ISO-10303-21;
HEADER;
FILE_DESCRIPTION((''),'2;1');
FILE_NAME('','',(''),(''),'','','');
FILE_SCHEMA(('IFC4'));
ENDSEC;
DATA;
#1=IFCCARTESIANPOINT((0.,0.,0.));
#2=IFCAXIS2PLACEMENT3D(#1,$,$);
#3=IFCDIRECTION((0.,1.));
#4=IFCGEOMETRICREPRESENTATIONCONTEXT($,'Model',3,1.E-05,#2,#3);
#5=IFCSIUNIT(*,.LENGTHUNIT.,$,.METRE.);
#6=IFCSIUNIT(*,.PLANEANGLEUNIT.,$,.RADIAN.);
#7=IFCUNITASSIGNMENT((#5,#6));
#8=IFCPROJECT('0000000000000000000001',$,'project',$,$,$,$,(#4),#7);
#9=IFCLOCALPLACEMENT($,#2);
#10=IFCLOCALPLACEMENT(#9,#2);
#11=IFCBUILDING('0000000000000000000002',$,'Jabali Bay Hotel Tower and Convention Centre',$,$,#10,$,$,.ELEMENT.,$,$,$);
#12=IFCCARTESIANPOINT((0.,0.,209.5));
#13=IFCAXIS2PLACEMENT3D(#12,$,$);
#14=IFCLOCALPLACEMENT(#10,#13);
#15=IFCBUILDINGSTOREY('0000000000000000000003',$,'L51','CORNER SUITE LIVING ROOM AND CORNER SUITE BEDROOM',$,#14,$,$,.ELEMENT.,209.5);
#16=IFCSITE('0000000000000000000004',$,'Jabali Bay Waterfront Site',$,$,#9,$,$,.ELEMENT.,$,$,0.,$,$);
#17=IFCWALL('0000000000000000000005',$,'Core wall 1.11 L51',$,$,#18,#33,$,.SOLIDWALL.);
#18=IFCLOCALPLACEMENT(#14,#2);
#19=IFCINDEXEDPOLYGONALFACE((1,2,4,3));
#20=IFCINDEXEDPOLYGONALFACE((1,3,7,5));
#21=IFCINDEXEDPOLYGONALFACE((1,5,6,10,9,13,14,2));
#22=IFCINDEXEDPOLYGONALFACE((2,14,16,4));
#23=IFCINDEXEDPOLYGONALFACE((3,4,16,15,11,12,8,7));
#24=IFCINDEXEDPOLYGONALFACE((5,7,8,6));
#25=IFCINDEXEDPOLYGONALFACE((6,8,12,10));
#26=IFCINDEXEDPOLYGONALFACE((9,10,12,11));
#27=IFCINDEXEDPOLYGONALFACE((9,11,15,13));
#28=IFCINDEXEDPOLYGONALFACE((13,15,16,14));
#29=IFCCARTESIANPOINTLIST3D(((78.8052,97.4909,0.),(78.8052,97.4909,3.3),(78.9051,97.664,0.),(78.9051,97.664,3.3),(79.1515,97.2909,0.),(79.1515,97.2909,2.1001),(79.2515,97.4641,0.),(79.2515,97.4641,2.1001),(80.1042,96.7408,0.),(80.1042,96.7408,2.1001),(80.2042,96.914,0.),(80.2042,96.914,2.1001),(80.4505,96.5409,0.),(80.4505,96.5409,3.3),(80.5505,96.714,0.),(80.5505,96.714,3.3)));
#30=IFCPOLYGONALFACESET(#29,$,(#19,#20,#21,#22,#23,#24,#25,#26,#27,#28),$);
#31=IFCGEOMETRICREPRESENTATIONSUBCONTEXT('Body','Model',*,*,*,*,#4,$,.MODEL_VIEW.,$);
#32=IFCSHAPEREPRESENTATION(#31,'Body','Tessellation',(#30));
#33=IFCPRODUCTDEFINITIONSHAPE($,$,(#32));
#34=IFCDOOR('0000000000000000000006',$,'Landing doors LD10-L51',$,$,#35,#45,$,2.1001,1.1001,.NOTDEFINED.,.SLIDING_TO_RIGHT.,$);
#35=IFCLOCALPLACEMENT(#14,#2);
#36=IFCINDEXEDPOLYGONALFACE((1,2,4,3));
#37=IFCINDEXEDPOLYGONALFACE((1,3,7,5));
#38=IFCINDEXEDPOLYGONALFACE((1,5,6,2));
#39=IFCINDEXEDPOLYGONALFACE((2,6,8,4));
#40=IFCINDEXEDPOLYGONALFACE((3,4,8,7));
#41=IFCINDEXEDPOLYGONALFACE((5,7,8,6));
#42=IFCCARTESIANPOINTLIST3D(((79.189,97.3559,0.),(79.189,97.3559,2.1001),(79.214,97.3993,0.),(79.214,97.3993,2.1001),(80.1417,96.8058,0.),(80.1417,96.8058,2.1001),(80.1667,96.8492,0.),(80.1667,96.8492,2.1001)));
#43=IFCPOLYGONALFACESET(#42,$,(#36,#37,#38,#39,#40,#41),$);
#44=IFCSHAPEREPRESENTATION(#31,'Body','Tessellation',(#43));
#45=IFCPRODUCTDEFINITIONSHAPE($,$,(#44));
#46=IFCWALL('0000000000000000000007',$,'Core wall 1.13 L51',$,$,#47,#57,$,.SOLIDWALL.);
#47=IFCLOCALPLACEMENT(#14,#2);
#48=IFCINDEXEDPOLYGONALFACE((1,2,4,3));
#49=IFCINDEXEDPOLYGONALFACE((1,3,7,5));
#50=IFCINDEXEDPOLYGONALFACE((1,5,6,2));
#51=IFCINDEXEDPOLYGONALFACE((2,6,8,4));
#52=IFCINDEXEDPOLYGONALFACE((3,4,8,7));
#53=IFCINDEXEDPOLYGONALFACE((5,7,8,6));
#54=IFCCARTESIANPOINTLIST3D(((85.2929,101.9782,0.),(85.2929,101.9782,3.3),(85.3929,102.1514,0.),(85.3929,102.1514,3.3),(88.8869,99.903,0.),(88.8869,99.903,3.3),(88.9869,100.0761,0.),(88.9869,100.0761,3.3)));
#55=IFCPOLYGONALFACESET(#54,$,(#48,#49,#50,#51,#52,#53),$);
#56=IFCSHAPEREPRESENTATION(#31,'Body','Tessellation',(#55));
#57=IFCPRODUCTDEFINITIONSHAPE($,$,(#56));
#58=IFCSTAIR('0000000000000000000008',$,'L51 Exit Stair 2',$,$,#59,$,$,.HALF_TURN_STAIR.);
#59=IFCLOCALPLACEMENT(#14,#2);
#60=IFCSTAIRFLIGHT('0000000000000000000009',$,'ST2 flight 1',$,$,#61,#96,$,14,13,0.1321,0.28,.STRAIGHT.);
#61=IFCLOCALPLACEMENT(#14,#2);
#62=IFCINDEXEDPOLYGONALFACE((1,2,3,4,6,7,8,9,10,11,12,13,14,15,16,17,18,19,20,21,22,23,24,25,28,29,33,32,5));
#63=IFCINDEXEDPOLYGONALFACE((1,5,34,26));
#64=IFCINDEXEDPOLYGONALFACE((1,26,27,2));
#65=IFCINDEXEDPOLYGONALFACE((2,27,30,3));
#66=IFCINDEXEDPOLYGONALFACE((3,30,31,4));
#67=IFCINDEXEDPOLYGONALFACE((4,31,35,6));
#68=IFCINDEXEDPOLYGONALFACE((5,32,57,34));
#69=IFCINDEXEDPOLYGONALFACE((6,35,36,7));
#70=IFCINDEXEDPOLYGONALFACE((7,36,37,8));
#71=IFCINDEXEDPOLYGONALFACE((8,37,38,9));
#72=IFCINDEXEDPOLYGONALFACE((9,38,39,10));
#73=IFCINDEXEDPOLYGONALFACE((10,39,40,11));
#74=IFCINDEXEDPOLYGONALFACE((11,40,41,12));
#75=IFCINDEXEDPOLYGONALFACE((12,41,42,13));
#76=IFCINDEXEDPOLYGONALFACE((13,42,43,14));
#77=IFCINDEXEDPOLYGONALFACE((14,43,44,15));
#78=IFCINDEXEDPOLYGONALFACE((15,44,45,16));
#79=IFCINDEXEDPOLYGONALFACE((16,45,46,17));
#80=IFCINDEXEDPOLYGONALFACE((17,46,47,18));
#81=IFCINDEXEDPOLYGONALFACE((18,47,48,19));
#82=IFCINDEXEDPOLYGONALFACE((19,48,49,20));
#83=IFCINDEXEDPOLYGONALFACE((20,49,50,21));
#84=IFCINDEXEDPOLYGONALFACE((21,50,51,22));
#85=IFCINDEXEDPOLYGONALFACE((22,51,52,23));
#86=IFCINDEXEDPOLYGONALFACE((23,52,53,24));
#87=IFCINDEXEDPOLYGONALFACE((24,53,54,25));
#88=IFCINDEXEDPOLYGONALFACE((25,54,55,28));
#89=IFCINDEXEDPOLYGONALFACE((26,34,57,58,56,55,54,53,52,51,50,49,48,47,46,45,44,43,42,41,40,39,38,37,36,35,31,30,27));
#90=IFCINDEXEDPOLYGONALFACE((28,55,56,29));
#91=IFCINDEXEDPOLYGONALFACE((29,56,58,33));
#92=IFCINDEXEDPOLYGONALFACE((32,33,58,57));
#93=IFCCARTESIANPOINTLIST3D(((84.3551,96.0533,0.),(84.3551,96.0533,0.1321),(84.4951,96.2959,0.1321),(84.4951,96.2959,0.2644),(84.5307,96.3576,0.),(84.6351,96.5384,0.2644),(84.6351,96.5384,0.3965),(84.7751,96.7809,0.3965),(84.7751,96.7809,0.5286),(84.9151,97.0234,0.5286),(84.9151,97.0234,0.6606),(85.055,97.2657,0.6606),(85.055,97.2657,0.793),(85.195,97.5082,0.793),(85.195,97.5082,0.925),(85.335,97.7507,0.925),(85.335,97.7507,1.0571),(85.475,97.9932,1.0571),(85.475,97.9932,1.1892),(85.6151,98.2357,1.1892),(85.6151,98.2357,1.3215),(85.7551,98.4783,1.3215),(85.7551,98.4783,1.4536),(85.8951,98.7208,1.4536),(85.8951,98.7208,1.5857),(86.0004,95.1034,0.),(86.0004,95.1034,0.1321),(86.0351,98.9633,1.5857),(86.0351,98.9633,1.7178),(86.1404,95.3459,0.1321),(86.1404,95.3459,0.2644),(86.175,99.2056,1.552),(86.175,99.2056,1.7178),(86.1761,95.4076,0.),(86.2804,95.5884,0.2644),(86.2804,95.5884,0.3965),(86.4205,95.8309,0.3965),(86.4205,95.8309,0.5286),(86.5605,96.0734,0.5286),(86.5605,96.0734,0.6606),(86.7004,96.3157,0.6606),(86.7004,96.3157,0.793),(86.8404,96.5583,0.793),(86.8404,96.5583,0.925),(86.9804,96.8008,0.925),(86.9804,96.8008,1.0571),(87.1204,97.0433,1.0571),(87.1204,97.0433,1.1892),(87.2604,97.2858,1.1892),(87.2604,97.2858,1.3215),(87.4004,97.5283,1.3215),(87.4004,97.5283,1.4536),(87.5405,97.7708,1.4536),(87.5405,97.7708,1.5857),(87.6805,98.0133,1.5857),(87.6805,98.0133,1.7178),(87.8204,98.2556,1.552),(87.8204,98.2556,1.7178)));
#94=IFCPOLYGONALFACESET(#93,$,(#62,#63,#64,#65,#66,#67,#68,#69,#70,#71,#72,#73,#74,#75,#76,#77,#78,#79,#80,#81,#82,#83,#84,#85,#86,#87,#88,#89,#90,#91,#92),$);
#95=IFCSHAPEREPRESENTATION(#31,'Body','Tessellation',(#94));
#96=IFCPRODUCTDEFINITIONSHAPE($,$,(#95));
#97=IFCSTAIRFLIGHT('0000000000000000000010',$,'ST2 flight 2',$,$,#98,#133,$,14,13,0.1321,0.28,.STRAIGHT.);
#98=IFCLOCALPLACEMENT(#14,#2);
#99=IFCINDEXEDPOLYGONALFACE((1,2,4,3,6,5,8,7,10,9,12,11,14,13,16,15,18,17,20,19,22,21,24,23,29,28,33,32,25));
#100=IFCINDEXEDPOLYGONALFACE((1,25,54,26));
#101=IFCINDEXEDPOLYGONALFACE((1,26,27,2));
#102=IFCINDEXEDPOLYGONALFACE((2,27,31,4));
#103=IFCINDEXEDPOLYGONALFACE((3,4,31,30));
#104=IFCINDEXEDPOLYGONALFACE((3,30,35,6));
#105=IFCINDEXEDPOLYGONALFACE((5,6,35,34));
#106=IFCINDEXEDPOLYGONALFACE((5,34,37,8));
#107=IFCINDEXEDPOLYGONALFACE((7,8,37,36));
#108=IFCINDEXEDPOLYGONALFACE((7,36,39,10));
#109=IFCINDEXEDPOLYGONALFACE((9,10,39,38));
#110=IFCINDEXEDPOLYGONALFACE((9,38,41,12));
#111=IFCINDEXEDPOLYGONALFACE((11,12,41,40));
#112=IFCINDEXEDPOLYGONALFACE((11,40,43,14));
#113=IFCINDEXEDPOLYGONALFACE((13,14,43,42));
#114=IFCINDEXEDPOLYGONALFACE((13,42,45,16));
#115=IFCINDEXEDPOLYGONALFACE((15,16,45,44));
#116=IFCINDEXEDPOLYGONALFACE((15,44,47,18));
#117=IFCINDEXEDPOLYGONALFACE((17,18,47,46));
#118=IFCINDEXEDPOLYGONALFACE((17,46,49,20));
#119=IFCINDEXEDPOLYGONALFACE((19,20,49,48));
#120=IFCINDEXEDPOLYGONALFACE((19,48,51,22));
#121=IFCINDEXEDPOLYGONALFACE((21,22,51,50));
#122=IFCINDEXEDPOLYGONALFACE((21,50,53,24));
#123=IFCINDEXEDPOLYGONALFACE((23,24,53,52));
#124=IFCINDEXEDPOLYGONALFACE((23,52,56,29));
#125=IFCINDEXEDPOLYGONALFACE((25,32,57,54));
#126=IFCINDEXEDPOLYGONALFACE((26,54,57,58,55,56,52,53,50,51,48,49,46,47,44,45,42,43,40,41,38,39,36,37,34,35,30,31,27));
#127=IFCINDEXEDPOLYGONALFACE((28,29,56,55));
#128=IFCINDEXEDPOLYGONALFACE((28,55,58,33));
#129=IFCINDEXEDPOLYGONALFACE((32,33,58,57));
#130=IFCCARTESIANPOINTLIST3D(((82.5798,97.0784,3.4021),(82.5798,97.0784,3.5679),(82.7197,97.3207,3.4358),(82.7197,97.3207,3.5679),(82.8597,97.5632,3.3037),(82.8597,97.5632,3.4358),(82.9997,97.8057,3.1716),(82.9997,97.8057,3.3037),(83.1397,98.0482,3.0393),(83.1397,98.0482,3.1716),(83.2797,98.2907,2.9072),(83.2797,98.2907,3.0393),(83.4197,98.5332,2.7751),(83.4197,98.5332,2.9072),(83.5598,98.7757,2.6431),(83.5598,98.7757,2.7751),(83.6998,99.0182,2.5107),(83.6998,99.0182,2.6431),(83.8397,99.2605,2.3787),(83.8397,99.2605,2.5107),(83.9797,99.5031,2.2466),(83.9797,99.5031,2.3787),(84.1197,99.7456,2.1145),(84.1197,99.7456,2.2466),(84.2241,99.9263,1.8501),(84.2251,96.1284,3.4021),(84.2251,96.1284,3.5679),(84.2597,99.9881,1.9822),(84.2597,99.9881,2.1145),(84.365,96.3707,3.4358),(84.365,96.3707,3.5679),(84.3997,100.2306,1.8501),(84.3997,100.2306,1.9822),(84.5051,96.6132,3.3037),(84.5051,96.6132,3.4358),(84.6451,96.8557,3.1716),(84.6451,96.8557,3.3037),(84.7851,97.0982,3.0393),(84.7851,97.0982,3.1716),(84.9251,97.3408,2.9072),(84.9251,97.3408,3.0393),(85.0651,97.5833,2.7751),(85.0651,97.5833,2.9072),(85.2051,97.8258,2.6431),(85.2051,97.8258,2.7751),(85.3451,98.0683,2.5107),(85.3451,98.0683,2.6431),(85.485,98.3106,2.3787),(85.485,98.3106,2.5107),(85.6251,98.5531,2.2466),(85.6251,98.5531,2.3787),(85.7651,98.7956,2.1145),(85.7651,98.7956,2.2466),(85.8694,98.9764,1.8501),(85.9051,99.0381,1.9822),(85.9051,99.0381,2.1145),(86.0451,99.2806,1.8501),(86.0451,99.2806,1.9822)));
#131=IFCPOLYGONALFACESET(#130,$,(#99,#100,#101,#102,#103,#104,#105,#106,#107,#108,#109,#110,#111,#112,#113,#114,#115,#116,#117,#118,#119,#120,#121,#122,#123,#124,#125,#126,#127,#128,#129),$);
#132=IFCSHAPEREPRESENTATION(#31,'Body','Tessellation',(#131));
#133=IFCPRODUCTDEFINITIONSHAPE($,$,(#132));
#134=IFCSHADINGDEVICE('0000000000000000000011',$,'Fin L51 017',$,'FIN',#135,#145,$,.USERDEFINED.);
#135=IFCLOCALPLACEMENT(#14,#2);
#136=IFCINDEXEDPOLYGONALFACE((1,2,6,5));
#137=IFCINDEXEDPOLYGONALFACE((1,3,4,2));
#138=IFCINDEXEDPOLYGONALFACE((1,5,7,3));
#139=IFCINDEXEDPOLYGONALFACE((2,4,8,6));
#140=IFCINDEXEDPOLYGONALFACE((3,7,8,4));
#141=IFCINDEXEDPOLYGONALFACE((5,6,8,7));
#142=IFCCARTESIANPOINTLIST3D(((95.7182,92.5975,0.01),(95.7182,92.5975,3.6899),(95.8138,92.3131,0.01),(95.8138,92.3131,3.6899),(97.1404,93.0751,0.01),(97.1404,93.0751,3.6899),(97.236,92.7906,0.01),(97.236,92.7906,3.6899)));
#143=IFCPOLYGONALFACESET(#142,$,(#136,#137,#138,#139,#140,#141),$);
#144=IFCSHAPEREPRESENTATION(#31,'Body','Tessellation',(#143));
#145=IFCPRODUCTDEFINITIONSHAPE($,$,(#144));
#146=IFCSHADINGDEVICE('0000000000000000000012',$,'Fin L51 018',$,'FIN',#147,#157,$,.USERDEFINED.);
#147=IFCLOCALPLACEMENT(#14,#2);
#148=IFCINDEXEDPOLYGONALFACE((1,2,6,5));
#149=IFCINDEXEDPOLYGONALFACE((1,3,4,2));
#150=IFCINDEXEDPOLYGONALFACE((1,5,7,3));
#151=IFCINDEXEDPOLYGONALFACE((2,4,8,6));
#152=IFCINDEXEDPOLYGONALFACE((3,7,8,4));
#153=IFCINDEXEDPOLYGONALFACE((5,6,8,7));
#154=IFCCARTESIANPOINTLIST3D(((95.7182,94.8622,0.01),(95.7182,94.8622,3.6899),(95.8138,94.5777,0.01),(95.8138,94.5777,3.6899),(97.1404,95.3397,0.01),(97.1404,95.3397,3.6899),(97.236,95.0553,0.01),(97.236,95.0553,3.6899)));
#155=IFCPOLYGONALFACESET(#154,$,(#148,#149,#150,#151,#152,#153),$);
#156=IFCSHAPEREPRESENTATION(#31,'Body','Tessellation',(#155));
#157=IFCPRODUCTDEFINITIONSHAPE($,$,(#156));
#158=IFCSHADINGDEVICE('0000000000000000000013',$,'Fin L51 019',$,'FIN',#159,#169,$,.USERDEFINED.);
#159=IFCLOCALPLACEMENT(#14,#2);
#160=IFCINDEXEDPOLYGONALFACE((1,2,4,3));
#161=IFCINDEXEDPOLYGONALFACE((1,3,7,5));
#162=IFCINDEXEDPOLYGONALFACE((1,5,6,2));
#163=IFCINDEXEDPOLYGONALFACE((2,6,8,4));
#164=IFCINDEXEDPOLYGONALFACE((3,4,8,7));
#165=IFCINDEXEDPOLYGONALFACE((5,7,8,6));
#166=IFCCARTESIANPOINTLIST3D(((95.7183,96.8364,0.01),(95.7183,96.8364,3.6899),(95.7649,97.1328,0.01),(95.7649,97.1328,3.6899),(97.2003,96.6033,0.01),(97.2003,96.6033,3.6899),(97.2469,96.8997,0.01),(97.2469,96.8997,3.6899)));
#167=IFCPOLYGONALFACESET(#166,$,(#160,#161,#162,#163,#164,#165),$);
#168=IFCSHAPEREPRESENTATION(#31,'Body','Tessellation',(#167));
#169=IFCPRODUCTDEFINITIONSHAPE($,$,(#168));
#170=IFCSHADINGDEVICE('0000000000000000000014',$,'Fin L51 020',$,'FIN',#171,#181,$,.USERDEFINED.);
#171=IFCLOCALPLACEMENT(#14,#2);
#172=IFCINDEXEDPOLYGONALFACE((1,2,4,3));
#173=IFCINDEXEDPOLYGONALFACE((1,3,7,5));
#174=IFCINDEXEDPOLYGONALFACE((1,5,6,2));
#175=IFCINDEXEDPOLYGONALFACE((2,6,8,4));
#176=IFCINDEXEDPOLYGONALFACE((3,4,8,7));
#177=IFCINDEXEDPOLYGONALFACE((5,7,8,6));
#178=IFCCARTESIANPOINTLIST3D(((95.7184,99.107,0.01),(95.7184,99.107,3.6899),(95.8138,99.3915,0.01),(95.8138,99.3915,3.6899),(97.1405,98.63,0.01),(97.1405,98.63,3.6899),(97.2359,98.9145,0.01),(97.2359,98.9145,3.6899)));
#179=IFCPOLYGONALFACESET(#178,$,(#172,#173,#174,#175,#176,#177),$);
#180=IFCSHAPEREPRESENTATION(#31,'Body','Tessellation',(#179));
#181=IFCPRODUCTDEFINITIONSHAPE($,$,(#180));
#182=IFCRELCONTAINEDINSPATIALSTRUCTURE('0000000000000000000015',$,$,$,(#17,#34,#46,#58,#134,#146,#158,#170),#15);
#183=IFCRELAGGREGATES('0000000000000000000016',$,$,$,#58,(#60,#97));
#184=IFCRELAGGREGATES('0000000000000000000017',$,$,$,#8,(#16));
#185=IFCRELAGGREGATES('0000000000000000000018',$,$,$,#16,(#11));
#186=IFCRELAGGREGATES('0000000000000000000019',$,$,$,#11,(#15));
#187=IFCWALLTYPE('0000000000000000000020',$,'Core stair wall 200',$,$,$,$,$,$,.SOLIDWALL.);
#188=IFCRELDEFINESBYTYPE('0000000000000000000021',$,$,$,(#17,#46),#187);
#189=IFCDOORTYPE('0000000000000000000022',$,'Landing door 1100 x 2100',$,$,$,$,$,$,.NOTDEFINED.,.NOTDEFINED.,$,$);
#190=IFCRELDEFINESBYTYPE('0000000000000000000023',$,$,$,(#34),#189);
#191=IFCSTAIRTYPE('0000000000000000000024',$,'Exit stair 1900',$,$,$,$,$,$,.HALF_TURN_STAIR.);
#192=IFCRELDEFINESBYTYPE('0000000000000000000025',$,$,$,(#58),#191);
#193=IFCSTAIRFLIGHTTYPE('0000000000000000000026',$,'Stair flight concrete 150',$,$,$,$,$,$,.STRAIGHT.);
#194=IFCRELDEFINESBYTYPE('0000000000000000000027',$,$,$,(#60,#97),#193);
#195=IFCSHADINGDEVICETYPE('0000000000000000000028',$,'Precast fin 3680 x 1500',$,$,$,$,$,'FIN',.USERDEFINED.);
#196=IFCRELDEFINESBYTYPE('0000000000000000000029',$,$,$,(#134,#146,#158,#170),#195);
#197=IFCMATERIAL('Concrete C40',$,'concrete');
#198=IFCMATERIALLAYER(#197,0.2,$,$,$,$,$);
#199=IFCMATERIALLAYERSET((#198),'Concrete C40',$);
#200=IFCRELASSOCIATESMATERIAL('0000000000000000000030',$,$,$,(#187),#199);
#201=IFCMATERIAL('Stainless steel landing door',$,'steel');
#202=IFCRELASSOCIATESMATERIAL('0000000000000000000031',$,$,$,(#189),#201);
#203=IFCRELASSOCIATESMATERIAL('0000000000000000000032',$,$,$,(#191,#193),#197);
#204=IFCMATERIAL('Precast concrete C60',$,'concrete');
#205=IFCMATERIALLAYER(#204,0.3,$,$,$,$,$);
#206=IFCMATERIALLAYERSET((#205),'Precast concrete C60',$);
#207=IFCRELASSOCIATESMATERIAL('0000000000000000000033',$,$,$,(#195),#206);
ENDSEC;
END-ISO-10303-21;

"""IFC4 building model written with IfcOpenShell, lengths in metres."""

from ifc_helpers import new_model, si_unit, direction, frame, frame_2d, origin, place, context, subcontext, project, spatial, polyline, rectangle, outline, extrude, material, layer, layer_set, type_object, element, fill, aggregate, save


model = new_model("IFC4")

# Units and contexts
model_context = context("Model", 3, precision=1e-05, world=origin(), true_north=direction((0.0, 1.0)))
body_context = subcontext(model_context, "Body", "Model", "MODEL_VIEW")
ifc_project = project(units=[si_unit("LENGTHUNIT", "METRE"), si_unit("PLANEANGLEUNIT", "RADIAN")], contexts=[model_context])

# Site, building, storey
site_placement = place(None, origin())
site = spatial("IfcSite", under=ifc_project, at=site_placement, Name="Jabali Bay Waterfront Site", CompositionType="ELEMENT", RefElevation=0.0)
building_placement = place(site_placement, origin())
building = spatial("IfcBuilding", under=site, at=building_placement, Name="Jabali Bay Hotel Tower and Convention Centre", CompositionType="ELEMENT")
storey_placement = place(building_placement, frame((0.0, 0.0, 209.5)))
storey = spatial("IfcBuildingStorey", under=building, at=storey_placement, Name="L51", Description="CORNER SUITE LIVING ROOM AND CORNER SUITE BEDROOM", CompositionType="ELEMENT", Elevation=209.5)

# Shared definitions
ifc_material_1 = material(Name="Concrete C40", Category="concrete")

# Shared definitions
ifc_layer_1 = layer(ifc_material_1, 0.2)
ifc_layer_set_1 = layer_set([ifc_layer_1], Name="Concrete C40")
wall_type_1 = type_object("IfcWallType", Name="Core stair wall 200", PredefinedType="SOLIDWALL", material=ifc_layer_set_1)

# Wall, opening, door
wall_1_placement = place(storey_placement, frame((80.5005, 96.6274, 0.0), z_axis=(0.0, 0.0, 1.0), x_axis=(-0.866012, 0.500023, 0.0)))
wall_1 = element("IfcWall", 1, at=wall_1_placement, inside=storey, type_object=wall_type_1, Name="Core wall 1.11 L51", PredefinedType="SOLIDWALL", context=body_context, shape_type="SweptSolid", body=[
    extrude(rectangle(XDim=1.8999, YDim=0.2, at=frame_2d((0.95, 0.0))), origin(), (0.0, 0.0, 1.0), 3.3),
])
opening_1_placement = place(wall_1_placement, frame((0.3999, 0.0, 0.0)))
opening_1 = element("IfcOpeningElement", 2, at=opening_1_placement, cuts=wall_1, PredefinedType="OPENING", context=body_context, shape_type="SweptSolid", body=[
    extrude(rectangle(XDim=1.1001, YDim=2.1001, at=frame_2d((0.55, 1.05))), frame((0.0, 0.1104, 0.0), z_axis=(0.0, -1.0, 0.0), x_axis=(1.0, 0.0, 0.0)), (0.0, 0.0, 1.0), 0.2209),
])
ifc_material_2 = material(Name="Stainless steel landing door", Category="steel")
door_type_1 = type_object("IfcDoorType", Name="Landing door 1100 x 2100", OperationType="NOTDEFINED", PredefinedType="NOTDEFINED", material=ifc_material_2)
door_1_placement = place(opening_1_placement, origin())
door_1 = element("IfcDoor", 3, at=door_1_placement, inside=storey, type_object=door_type_1, Name="Landing doors LD10-L51", OperationType="SLIDING_TO_RIGHT", OverallHeight=2.1001, OverallWidth=1.1001, PredefinedType="NOTDEFINED", context=body_context, shape_type="SweptSolid", body=[
    extrude(rectangle(XDim=1.1001, YDim=2.1001, at=frame_2d((0.55, 1.05))), frame((0.0, 0.0249, 0.0), z_axis=(0.0, -1.0, 0.0), x_axis=(1.0, 0.0, 0.0)), (0.0, 0.0, 1.0), 0.05),
])
fill(opening_1, door_1)

# Wall
wall_2_placement = place(storey_placement, frame((88.937, 99.9895, 0.0), z_axis=(0.0, 0.0, 1.0), x_axis=(-0.866004, 0.500036, 0.0)))
element("IfcWall", 4, at=wall_2_placement, inside=storey, type_object=wall_type_1, Name="Core wall 1.13 L51", PredefinedType="SOLIDWALL", context=body_context, shape_type="SweptSolid", body=[
    extrude(rectangle(XDim=4.1501, YDim=0.2, at=frame_2d((2.0752, 0.0))), origin(), (0.0, 0.0, 1.0), 3.3),
])

# Stair, stair flights
stair_type = type_object("IfcStairType", Name="Exit stair 1900", PredefinedType="HALF_TURN_STAIR", material=ifc_material_1)
stair_placement = place(storey_placement, origin())
stair = element("IfcStair", 5, at=stair_placement, inside=storey, type_object=stair_type, Name="L51 Exit Stair 2", PredefinedType="HALF_TURN_STAIR")
stair_flight_type = type_object("IfcStairFlightType", Name="Stair flight concrete 150", PredefinedType="STRAIGHT", material=ifc_material_1)
stair_flight_1_placement = place(storey_placement, frame((85.1777, 95.5784, 0.0), z_axis=(0.0, 0.0, 1.0), x_axis=(0.5, 0.866025, 0.0)))
stair_flight_1 = element("IfcStairFlight", 6, at=stair_flight_1_placement, type_object=stair_flight_type, Name="ST2 flight 1", NumberOfRisers=14, NumberOfTreads=13, PredefinedType="STRAIGHT", RiserHeight=0.1321, TreadLength=0.28, context=body_context, shape_type="SweptSolid", body=[
    extrude(outline(polyline([(0.0, 0.0), (0.0, 0.1321), (0.28, 0.1321), (0.28, 0.2644), (0.5601, 0.2644), (0.5601, 0.3965), (0.8401, 0.3965), (0.8401, 0.5286), (1.1201, 0.5286), (1.1201, 0.6606), (1.3999, 0.6606), (1.3999, 0.793), (1.6799, 0.793), (1.6799, 0.925), (1.96, 0.925), (1.96, 1.0571), (2.24, 1.0571), (2.24, 1.1892), (2.52, 1.1892), (2.52, 1.3215), (2.8, 1.3215), (2.8, 1.4536), (3.0801, 1.4536), (3.0801, 1.5857), (3.3601, 1.5857), (3.3601, 1.7178), (3.6399, 1.7178), (3.6399, 1.8501), (3.6399, 1.552), (0.3513, 0.0), (0.0, 0.0)])), frame((0.0, 0.95, 0.0), z_axis=(0.0, -1.0, 0.0), x_axis=(1.0, 0.0, 0.0)), (0.0, 0.0, 1.0), 1.8999),
])
stair_flight_2_placement = place(storey_placement, frame((85.2224, 99.7556, 1.8501), z_axis=(0.0, 0.0, 1.0), x_axis=(-0.5, -0.866025, 0.0)))
stair_flight_2 = element("IfcStairFlight", 7, at=stair_flight_2_placement, type_object=stair_flight_type, Name="ST2 flight 2", NumberOfRisers=14, NumberOfTreads=13, PredefinedType="STRAIGHT", RiserHeight=0.1321, TreadLength=0.28, context=body_context, shape_type="SweptSolid", body=[
    extrude(outline(polyline([(0.0, 0.0), (0.0, 0.1321), (0.28, 0.1321), (0.28, 0.2644), (0.5601, 0.2644), (0.5601, 0.3965), (0.8401, 0.3965), (0.8401, 0.5286), (1.1201, 0.5286), (1.1201, 0.6606), (1.3999, 0.6606), (1.3999, 0.793), (1.6799, 0.793), (1.6799, 0.925), (1.96, 0.925), (1.96, 1.0571), (2.24, 1.0571), (2.24, 1.1892), (2.52, 1.1892), (2.52, 1.3215), (2.8, 1.3215), (2.8, 1.4536), (3.0801, 1.4536), (3.0801, 1.5857), (3.3601, 1.5857), (3.3601, 1.7178), (3.6399, 1.7178), (3.6399, 1.8501), (3.6399, 1.552), (0.3513, 0.0), (0.0, 0.0)])), frame((0.0, 0.95, 0.0), z_axis=(0.0, -1.0, 0.0), x_axis=(1.0, 0.0, 0.0)), (0.0, 0.0, 1.0), 1.8999),
])
aggregate(stair, [stair_flight_1, stair_flight_2])

# Shading devices
ifc_material_3 = material(Name="Precast concrete C60", Category="concrete")
ifc_layer_2 = layer(ifc_material_3, 0.3)
ifc_layer_set_2 = layer_set([ifc_layer_2], Name="Precast concrete C60")
shading_device_type = type_object("IfcShadingDeviceType", Name="Precast fin 3680 x 1500", ElementType="FIN", PredefinedType="USERDEFINED", material=ifc_layer_set_2)
for number, where, z_axis, x_axis, name in (
    (8, (95.7661, 92.4553, 0.01), (0.0, 0.0, 1.0), (0.947981, 0.318326, 0.0), "Fin L51 017"),
    (9, (95.7661, 94.72, 0.01), (0.0, 0.0, 1.0), (0.947981, 0.318326, 0.0), "Fin L51 018"),
    (10, (95.7417, 96.9846, 0.01), (0.0, 0.0, 1.0), (0.987849, -0.155419, 0.0), "Fin L51 019"),
):
    element("IfcShadingDevice", number, at=place(storey_placement, frame(where, z_axis=z_axis, x_axis=x_axis)), inside=storey, type_object=shading_device_type, Name=name, ObjectType="FIN", PredefinedType="USERDEFINED", context=body_context, shape_type="SweptSolid", body=[
        extrude(rectangle(XDim=1.5002, YDim=0.3, at=frame_2d((0.75, 0.0))), origin(), (0.0, 0.0, 1.0), 3.6799),
    ])
shading_device_placement = place(storey_placement, frame((95.7661, 99.2493, 0.01), z_axis=(0.0, 0.0, 1.0), x_axis=(0.948079, -0.318034, 0.0)))
element("IfcShadingDevice", 11, at=shading_device_placement, inside=storey, type_object=shading_device_type, Name="Fin L51 020", ObjectType="FIN", PredefinedType="USERDEFINED", context=body_context, shape_type="SweptSolid", body=[
    extrude(rectangle(XDim=1.5, YDim=0.3, at=frame_2d((0.75, 0.0))), origin(), (0.0, 0.0, 1.0), 3.6799),
])

save(model, "model.ifc")
